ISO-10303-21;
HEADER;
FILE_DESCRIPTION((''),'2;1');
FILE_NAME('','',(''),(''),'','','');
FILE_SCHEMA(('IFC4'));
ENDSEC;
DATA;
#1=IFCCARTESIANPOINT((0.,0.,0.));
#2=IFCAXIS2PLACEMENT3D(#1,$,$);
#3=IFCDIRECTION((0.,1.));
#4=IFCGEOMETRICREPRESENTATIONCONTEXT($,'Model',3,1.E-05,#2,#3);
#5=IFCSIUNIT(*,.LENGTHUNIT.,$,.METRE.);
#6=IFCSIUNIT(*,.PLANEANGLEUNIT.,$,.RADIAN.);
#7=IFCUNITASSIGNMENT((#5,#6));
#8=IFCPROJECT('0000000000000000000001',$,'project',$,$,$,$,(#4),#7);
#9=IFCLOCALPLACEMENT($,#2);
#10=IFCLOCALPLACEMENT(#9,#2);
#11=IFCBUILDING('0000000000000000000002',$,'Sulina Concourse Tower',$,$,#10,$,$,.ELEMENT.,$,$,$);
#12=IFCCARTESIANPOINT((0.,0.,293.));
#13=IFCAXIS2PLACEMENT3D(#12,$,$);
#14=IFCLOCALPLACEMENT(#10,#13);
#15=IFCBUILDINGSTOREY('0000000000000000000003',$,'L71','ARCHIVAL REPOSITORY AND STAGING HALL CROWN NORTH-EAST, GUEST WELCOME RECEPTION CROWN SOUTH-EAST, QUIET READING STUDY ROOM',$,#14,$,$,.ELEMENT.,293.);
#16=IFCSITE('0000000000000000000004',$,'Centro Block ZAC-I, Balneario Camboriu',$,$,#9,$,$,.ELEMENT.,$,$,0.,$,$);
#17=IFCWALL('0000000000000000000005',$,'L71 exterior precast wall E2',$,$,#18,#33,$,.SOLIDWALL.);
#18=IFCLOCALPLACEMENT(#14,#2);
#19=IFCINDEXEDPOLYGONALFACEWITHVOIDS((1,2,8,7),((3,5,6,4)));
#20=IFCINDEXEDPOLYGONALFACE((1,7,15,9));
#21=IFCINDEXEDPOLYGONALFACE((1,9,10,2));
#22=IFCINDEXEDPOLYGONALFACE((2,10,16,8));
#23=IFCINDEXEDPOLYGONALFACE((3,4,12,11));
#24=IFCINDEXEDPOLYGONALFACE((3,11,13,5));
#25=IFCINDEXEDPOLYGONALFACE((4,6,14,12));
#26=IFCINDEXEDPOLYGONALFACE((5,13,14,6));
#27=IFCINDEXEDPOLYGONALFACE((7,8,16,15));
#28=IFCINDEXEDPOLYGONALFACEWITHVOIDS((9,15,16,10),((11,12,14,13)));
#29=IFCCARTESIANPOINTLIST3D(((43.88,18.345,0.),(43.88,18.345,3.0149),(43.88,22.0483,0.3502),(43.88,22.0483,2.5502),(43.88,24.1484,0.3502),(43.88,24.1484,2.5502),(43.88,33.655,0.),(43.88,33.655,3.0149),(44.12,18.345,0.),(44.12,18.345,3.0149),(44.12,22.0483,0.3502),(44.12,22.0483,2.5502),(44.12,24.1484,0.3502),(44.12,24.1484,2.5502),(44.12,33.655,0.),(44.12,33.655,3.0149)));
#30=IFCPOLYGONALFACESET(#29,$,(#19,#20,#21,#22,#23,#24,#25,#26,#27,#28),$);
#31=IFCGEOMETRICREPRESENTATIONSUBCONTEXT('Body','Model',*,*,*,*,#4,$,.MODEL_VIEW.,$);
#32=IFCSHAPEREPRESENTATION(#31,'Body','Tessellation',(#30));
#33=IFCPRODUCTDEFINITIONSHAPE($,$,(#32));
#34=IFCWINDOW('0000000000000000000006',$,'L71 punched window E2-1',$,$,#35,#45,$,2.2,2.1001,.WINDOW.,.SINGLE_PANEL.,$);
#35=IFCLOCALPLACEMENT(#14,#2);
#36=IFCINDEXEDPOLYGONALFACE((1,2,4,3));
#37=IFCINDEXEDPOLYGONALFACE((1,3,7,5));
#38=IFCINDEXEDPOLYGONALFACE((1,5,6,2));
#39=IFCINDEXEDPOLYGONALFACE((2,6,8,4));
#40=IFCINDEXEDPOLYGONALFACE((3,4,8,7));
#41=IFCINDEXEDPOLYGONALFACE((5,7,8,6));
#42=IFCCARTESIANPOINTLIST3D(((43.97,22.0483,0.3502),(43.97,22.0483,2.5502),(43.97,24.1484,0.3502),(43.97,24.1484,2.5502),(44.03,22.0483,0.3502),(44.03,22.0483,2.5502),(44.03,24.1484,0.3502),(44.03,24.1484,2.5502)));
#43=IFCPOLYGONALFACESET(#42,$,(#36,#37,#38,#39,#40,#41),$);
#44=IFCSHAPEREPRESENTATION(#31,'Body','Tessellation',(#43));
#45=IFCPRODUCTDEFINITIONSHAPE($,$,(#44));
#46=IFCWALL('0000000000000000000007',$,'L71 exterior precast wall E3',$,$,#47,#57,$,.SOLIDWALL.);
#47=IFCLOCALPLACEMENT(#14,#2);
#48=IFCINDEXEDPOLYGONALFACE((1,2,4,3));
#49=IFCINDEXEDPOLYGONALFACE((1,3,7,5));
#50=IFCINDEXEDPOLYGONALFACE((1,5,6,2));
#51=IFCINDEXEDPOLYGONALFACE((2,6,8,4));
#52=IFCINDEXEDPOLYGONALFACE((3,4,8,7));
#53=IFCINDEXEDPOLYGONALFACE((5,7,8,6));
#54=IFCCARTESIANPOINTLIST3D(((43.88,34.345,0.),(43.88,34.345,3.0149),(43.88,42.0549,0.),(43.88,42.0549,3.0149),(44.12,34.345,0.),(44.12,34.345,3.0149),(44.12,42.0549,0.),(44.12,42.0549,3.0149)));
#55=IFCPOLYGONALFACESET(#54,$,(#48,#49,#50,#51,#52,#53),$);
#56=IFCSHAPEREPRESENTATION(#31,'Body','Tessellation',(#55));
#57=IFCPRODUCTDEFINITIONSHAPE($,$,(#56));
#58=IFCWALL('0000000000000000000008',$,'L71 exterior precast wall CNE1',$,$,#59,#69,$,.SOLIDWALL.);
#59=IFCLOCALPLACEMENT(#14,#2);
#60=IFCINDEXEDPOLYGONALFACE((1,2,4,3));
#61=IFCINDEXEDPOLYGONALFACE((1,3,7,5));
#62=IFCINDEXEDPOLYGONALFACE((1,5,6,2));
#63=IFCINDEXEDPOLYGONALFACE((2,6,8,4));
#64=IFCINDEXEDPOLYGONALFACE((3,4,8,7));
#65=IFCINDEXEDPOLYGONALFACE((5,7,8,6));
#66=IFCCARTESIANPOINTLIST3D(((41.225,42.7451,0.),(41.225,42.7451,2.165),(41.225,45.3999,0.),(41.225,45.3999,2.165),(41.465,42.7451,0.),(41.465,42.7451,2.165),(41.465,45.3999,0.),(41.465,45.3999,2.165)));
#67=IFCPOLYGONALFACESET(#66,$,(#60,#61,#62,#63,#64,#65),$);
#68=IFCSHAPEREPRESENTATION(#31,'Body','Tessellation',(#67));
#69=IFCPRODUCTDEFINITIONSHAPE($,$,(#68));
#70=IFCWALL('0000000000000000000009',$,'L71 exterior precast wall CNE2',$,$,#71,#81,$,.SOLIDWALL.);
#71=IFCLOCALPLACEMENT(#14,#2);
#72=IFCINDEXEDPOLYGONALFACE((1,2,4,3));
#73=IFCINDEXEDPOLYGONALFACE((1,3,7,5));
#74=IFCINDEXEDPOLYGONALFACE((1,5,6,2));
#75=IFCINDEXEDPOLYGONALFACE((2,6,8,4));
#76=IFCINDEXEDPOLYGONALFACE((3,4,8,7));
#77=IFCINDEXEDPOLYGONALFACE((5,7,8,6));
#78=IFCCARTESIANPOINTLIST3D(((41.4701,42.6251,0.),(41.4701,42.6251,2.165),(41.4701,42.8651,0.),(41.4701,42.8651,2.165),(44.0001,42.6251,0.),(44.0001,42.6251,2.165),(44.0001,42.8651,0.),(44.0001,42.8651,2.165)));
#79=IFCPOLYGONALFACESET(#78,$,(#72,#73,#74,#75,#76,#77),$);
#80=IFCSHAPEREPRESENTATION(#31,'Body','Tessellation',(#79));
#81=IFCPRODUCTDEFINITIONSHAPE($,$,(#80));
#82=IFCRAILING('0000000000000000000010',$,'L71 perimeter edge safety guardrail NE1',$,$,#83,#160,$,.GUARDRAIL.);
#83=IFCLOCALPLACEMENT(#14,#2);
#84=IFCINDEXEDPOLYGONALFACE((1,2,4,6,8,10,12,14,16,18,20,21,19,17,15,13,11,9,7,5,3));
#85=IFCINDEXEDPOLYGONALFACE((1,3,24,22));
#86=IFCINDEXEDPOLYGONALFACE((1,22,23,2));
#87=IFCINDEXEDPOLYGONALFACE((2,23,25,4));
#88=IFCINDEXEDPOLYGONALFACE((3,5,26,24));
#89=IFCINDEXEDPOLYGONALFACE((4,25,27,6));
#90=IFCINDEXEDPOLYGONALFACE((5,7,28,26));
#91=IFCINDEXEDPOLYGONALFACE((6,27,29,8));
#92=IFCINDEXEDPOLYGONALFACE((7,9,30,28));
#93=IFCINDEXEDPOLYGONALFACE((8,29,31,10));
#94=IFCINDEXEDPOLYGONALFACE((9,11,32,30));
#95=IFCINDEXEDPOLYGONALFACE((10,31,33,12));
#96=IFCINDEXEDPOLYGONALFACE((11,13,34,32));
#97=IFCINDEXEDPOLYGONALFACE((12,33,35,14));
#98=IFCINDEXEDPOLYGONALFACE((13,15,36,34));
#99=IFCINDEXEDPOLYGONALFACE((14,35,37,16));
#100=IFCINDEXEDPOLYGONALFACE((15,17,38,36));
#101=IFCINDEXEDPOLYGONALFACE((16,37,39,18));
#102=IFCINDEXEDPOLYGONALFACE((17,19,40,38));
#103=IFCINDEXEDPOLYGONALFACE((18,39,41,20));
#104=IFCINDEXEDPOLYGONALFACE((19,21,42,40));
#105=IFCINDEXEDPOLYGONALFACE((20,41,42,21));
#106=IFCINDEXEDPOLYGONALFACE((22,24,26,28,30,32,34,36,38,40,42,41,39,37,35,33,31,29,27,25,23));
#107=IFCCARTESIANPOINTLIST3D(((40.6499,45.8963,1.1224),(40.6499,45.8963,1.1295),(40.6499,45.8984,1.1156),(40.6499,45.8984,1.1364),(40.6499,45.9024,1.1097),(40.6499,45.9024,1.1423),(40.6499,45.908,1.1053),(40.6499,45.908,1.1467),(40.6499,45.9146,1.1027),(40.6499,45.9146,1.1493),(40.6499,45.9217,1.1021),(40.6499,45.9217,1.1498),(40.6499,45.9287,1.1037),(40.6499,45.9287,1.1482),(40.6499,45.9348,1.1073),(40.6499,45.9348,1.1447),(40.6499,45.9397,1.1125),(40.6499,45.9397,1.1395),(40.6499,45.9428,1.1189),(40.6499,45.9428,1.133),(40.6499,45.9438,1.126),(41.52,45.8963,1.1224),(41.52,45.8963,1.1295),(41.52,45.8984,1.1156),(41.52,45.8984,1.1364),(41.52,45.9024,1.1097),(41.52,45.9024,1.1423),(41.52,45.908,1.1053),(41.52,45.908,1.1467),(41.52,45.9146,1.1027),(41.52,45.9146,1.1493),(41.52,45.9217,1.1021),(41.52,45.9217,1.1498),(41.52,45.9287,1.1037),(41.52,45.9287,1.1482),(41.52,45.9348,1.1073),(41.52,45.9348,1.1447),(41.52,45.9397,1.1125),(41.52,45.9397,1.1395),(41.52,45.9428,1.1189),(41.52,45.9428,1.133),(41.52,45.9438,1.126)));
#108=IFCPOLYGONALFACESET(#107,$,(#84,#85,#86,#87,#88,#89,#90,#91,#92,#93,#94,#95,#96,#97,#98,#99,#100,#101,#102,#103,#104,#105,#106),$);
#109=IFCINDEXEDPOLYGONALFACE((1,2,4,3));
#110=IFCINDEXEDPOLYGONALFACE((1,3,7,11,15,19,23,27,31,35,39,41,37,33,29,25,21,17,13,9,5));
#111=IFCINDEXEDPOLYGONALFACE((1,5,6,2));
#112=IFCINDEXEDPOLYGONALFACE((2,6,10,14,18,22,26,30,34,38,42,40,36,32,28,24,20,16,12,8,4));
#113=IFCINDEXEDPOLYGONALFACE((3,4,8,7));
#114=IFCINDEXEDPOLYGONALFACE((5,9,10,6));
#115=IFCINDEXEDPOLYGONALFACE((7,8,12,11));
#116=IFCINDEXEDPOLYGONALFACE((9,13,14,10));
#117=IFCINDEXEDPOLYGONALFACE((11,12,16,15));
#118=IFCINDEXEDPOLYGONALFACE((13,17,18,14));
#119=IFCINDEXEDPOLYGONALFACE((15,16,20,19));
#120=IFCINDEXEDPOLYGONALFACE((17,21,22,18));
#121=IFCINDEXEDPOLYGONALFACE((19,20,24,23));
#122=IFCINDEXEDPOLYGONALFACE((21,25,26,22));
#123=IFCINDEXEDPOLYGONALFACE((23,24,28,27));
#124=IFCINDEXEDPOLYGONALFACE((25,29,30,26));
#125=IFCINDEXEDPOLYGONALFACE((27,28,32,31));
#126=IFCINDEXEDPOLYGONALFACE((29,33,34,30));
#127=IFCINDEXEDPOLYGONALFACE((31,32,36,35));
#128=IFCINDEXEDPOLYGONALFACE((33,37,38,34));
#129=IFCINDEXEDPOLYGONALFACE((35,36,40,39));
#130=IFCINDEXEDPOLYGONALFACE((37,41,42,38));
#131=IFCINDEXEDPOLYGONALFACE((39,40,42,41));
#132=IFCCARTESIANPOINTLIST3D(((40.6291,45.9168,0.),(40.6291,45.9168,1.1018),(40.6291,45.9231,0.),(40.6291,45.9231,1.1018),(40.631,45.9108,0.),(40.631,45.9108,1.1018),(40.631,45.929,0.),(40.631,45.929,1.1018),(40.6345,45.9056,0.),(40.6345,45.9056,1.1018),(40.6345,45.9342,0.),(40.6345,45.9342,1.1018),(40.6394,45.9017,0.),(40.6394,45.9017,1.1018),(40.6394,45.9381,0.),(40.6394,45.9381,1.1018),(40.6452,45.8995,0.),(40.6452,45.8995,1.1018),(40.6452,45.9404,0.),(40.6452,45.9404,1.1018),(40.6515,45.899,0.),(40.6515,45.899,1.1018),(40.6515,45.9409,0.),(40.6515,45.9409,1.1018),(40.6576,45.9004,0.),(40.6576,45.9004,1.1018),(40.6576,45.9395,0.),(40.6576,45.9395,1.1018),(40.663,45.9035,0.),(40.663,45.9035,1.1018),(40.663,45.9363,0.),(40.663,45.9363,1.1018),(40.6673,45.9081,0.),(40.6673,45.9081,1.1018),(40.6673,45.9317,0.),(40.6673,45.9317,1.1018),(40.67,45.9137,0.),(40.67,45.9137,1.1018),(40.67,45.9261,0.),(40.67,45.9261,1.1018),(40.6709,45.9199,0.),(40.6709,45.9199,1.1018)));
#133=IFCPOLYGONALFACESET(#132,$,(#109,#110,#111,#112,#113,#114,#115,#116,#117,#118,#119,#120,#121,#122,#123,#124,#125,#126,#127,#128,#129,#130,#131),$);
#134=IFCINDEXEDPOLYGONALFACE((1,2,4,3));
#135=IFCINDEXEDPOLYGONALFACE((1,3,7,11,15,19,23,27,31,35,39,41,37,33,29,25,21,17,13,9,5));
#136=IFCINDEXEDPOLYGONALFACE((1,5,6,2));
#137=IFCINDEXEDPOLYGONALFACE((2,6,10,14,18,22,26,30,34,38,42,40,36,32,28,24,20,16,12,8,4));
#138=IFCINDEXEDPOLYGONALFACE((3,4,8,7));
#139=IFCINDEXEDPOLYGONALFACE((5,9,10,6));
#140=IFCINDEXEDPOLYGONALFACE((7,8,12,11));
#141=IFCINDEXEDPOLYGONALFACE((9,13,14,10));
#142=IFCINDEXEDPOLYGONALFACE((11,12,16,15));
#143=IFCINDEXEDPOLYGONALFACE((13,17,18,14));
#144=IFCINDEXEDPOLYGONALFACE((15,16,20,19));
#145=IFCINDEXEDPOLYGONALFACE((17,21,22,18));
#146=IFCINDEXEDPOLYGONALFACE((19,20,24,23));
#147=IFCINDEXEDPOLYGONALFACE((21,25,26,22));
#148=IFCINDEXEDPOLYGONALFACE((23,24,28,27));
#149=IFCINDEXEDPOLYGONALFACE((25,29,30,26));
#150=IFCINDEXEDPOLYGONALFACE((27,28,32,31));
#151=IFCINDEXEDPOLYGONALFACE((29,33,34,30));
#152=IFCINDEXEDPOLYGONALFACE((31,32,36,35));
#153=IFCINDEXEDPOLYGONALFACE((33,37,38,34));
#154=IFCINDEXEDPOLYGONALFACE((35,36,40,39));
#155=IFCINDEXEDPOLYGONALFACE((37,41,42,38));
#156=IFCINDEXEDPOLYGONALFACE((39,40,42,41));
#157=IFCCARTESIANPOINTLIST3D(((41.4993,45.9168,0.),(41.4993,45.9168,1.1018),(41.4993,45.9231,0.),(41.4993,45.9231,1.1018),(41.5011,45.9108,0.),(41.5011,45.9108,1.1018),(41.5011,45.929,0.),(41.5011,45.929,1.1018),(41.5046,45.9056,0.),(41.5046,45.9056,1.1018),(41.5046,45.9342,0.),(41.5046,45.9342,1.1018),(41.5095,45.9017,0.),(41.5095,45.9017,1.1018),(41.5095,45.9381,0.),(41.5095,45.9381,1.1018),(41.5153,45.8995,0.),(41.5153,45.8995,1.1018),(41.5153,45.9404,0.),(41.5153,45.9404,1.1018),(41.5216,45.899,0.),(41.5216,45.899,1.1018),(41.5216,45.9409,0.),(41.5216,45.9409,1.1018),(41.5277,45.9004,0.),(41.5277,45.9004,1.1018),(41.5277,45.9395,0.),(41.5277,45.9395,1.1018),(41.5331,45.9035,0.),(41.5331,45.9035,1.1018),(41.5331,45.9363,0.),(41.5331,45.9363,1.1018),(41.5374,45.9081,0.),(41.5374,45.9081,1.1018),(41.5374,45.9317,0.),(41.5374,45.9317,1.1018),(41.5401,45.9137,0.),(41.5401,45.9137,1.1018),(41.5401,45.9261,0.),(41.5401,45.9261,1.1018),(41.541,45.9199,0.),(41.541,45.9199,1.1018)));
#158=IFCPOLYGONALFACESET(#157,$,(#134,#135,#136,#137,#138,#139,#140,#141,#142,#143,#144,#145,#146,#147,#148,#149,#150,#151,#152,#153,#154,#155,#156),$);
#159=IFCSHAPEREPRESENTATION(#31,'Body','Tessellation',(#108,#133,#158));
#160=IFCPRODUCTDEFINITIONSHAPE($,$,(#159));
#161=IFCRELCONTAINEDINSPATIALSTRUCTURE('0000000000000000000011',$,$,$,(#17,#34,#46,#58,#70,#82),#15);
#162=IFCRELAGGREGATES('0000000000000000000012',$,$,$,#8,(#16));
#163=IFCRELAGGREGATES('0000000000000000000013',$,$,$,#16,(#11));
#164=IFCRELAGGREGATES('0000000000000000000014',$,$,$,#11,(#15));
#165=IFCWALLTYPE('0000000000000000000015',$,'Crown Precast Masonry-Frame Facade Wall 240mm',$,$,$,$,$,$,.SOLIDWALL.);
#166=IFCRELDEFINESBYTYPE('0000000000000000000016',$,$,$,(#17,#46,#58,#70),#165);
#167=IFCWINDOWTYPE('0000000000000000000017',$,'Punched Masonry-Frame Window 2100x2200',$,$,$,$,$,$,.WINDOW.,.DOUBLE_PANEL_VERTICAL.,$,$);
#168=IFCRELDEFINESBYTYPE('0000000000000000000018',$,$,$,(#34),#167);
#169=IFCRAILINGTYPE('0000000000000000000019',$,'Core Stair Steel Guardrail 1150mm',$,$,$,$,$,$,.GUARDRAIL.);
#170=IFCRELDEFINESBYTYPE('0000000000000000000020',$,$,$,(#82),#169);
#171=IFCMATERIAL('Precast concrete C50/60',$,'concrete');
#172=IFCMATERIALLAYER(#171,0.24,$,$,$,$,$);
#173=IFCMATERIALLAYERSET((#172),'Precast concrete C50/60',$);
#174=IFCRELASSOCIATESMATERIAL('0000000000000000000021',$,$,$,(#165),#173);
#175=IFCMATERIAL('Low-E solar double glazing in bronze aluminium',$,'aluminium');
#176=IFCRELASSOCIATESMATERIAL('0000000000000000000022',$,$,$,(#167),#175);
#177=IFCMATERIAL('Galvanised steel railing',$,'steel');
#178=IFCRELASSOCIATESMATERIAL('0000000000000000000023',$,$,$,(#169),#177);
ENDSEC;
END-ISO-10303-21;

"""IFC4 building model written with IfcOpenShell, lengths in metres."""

from ifc_helpers import new_model, si_unit, direction, frame, frame_2d, origin, origin_2d, place, context, subcontext, project, spatial, rectangle, circle, extrude, material, layer, layer_set, type_object, element, fill, save


model = new_model("IFC4")

# Units and contexts
model_context = context("Model", 3, precision=1e-05, world=origin(), true_north=direction((0.0, 1.0)))
body_context = subcontext(model_context, "Body", "Model", "MODEL_VIEW")
ifc_project = project(units=[si_unit("LENGTHUNIT", "METRE"), si_unit("PLANEANGLEUNIT", "RADIAN")], contexts=[model_context])

# Site, building, storey
site_placement = place(None, origin())
site = spatial("IfcSite", under=ifc_project, at=site_placement, Name="Centro Block ZAC-I, Balneario Camboriu", CompositionType="ELEMENT", RefElevation=0.0)
building_placement = place(site_placement, origin())
building = spatial("IfcBuilding", under=site, at=building_placement, Name="Sulina Concourse Tower", CompositionType="ELEMENT")
storey_placement = place(building_placement, frame((0.0, 0.0, 293.0)))
storey = spatial("IfcBuildingStorey", under=building, at=storey_placement, Name="L71", Description="ARCHIVAL REPOSITORY AND STAGING HALL CROWN NORTH-EAST, GUEST WELCOME RECEPTION CROWN SOUTH-EAST, QUIET READING STUDY ROOM", CompositionType="ELEMENT", Elevation=293.0)

# Shared definitions
ifc_material_1 = material(Name="Precast concrete C50/60", Category="concrete")
ifc_layer = layer(ifc_material_1, 0.24)
ifc_layer_set = layer_set([ifc_layer], Name="Precast concrete C50/60")
wall_type = type_object("IfcWallType", Name="Crown Precast Masonry-Frame Facade Wall 240mm", PredefinedType="SOLIDWALL", material=ifc_layer_set)

# Wall, opening, window
wall_1_placement = place(storey_placement, frame((44.0, 33.655, 0.0), z_axis=(0.0, 0.0, 1.0), x_axis=(0.0, -1.0, 0.0)))
wall_1 = element("IfcWall", 1, at=wall_1_placement, inside=storey, type_object=wall_type, Name="L71 exterior precast wall E2", PredefinedType="SOLIDWALL", context=body_context, shape_type="SweptSolid", body=[
    extrude(rectangle(XDim=15.3101, YDim=0.24, at=frame_2d((7.655, 0.0))), origin(), (0.0, 0.0, 1.0), 3.0149),
])
opening_placement = place(wall_1_placement, frame((9.5066, 0.0, 0.3501)))
opening = element("IfcOpeningElement", 2, at=opening_placement, cuts=wall_1, PredefinedType="OPENING", context=body_context, shape_type="SweptSolid", body=[
    extrude(rectangle(XDim=2.1001, YDim=2.2, at=frame_2d((1.05, 1.1001))), frame((0.0, 0.1299, 0.0), z_axis=(0.0, -1.0, 0.0), x_axis=(1.0, 0.0, 0.0)), (0.0, 0.0, 1.0), 0.26),
])
ifc_material_2 = material(Name="Low-E solar double glazing in bronze aluminium", Category="aluminium")
window_type = type_object("IfcWindowType", Name="Punched Masonry-Frame Window 2100x2200", PartitioningType="DOUBLE_PANEL_VERTICAL", PredefinedType="WINDOW", material=ifc_material_2)
window_placement = place(opening_placement, origin())
window = element("IfcWindow", 3, at=window_placement, inside=storey, type_object=window_type, Name="L71 punched window E2-1", OverallHeight=2.2, OverallWidth=2.1001, PartitioningType="SINGLE_PANEL", PredefinedType="WINDOW", context=body_context, shape_type="SweptSolid", body=[
    extrude(rectangle(XDim=2.1001, YDim=2.2, at=frame_2d((1.05, 1.1001))), frame((0.0, 0.03, 0.0), z_axis=(0.0, -1.0, 0.0), x_axis=(1.0, 0.0, 0.0)), (0.0, 0.0, 1.0), 0.0601),
])
fill(opening, window)

# Walls
wall_2_placement = place(storey_placement, frame((44.0, 42.0549, 0.0), z_axis=(0.0, 0.0, 1.0), x_axis=(0.0, -1.0, 0.0)))
element("IfcWall", 4, at=wall_2_placement, inside=storey, type_object=wall_type, Name="L71 exterior precast wall E3", PredefinedType="SOLIDWALL", context=body_context, shape_type="SweptSolid", body=[
    extrude(rectangle(XDim=7.71, YDim=0.24, at=frame_2d((3.855, 0.0))), origin(), (0.0, 0.0, 1.0), 3.0149),
])
wall_3_placement = place(storey_placement, frame((41.345, 45.3999, 0.0), z_axis=(0.0, 0.0, 1.0), x_axis=(0.0, -1.0, 0.0)))
element("IfcWall", 5, at=wall_3_placement, inside=storey, type_object=wall_type, Name="L71 exterior precast wall CNE1", PredefinedType="SOLIDWALL", context=body_context, shape_type="SweptSolid", body=[
    extrude(rectangle(XDim=2.6548, YDim=0.24, at=frame_2d((1.3274, 0.0))), origin(), (0.0, 0.0, 1.0), 2.165),
])
wall_4_placement = place(storey_placement, frame((41.47, 42.7451, 0.0), z_axis=(0.0, 0.0, 1.0), x_axis=(1.0, 0.0, 0.0)))
element("IfcWall", 6, at=wall_4_placement, inside=storey, type_object=wall_type, Name="L71 exterior precast wall CNE2", PredefinedType="SOLIDWALL", context=body_context, shape_type="SweptSolid", body=[
    extrude(rectangle(XDim=2.53, YDim=0.24, at=frame_2d((1.2651, 0.0))), origin(), (0.0, 0.0, 1.0), 2.165),
])

# Railing
ifc_material_3 = material(Name="Galvanised steel railing", Category="steel")
railing_type = type_object("IfcRailingType", Name="Core Stair Steel Guardrail 1150mm", PredefinedType="GUARDRAIL", material=ifc_material_3)
railing_1_placement = place(storey_placement, frame((40.6499, 45.9199, 0.0)))
element("IfcRailing", 7, at=railing_1_placement, inside=storey, type_object=railing_type, Name="L71 perimeter edge safety guardrail NE1", PredefinedType="GUARDRAIL", context=body_context, shape_type="SweptSolid", body=[
    extrude(circle(Radius=0.0239, at=origin_2d()), frame((0.0, 0.0, 1.126), z_axis=(1.0, 0.0, 0.0), x_axis=(0.0, 1.0, 0.0)), (0.0, 0.0, 1.0), 0.8701),
    extrude(circle(Radius=0.021, at=origin_2d()), origin(), (0.0, 0.0, 1.0), 1.1018),
    extrude(circle(Radius=0.021, at=origin_2d()), frame((0.8701, 0.0, 0.0)), (0.0, 0.0, 1.0), 1.1018),
])

save(model, "model.ifc")
